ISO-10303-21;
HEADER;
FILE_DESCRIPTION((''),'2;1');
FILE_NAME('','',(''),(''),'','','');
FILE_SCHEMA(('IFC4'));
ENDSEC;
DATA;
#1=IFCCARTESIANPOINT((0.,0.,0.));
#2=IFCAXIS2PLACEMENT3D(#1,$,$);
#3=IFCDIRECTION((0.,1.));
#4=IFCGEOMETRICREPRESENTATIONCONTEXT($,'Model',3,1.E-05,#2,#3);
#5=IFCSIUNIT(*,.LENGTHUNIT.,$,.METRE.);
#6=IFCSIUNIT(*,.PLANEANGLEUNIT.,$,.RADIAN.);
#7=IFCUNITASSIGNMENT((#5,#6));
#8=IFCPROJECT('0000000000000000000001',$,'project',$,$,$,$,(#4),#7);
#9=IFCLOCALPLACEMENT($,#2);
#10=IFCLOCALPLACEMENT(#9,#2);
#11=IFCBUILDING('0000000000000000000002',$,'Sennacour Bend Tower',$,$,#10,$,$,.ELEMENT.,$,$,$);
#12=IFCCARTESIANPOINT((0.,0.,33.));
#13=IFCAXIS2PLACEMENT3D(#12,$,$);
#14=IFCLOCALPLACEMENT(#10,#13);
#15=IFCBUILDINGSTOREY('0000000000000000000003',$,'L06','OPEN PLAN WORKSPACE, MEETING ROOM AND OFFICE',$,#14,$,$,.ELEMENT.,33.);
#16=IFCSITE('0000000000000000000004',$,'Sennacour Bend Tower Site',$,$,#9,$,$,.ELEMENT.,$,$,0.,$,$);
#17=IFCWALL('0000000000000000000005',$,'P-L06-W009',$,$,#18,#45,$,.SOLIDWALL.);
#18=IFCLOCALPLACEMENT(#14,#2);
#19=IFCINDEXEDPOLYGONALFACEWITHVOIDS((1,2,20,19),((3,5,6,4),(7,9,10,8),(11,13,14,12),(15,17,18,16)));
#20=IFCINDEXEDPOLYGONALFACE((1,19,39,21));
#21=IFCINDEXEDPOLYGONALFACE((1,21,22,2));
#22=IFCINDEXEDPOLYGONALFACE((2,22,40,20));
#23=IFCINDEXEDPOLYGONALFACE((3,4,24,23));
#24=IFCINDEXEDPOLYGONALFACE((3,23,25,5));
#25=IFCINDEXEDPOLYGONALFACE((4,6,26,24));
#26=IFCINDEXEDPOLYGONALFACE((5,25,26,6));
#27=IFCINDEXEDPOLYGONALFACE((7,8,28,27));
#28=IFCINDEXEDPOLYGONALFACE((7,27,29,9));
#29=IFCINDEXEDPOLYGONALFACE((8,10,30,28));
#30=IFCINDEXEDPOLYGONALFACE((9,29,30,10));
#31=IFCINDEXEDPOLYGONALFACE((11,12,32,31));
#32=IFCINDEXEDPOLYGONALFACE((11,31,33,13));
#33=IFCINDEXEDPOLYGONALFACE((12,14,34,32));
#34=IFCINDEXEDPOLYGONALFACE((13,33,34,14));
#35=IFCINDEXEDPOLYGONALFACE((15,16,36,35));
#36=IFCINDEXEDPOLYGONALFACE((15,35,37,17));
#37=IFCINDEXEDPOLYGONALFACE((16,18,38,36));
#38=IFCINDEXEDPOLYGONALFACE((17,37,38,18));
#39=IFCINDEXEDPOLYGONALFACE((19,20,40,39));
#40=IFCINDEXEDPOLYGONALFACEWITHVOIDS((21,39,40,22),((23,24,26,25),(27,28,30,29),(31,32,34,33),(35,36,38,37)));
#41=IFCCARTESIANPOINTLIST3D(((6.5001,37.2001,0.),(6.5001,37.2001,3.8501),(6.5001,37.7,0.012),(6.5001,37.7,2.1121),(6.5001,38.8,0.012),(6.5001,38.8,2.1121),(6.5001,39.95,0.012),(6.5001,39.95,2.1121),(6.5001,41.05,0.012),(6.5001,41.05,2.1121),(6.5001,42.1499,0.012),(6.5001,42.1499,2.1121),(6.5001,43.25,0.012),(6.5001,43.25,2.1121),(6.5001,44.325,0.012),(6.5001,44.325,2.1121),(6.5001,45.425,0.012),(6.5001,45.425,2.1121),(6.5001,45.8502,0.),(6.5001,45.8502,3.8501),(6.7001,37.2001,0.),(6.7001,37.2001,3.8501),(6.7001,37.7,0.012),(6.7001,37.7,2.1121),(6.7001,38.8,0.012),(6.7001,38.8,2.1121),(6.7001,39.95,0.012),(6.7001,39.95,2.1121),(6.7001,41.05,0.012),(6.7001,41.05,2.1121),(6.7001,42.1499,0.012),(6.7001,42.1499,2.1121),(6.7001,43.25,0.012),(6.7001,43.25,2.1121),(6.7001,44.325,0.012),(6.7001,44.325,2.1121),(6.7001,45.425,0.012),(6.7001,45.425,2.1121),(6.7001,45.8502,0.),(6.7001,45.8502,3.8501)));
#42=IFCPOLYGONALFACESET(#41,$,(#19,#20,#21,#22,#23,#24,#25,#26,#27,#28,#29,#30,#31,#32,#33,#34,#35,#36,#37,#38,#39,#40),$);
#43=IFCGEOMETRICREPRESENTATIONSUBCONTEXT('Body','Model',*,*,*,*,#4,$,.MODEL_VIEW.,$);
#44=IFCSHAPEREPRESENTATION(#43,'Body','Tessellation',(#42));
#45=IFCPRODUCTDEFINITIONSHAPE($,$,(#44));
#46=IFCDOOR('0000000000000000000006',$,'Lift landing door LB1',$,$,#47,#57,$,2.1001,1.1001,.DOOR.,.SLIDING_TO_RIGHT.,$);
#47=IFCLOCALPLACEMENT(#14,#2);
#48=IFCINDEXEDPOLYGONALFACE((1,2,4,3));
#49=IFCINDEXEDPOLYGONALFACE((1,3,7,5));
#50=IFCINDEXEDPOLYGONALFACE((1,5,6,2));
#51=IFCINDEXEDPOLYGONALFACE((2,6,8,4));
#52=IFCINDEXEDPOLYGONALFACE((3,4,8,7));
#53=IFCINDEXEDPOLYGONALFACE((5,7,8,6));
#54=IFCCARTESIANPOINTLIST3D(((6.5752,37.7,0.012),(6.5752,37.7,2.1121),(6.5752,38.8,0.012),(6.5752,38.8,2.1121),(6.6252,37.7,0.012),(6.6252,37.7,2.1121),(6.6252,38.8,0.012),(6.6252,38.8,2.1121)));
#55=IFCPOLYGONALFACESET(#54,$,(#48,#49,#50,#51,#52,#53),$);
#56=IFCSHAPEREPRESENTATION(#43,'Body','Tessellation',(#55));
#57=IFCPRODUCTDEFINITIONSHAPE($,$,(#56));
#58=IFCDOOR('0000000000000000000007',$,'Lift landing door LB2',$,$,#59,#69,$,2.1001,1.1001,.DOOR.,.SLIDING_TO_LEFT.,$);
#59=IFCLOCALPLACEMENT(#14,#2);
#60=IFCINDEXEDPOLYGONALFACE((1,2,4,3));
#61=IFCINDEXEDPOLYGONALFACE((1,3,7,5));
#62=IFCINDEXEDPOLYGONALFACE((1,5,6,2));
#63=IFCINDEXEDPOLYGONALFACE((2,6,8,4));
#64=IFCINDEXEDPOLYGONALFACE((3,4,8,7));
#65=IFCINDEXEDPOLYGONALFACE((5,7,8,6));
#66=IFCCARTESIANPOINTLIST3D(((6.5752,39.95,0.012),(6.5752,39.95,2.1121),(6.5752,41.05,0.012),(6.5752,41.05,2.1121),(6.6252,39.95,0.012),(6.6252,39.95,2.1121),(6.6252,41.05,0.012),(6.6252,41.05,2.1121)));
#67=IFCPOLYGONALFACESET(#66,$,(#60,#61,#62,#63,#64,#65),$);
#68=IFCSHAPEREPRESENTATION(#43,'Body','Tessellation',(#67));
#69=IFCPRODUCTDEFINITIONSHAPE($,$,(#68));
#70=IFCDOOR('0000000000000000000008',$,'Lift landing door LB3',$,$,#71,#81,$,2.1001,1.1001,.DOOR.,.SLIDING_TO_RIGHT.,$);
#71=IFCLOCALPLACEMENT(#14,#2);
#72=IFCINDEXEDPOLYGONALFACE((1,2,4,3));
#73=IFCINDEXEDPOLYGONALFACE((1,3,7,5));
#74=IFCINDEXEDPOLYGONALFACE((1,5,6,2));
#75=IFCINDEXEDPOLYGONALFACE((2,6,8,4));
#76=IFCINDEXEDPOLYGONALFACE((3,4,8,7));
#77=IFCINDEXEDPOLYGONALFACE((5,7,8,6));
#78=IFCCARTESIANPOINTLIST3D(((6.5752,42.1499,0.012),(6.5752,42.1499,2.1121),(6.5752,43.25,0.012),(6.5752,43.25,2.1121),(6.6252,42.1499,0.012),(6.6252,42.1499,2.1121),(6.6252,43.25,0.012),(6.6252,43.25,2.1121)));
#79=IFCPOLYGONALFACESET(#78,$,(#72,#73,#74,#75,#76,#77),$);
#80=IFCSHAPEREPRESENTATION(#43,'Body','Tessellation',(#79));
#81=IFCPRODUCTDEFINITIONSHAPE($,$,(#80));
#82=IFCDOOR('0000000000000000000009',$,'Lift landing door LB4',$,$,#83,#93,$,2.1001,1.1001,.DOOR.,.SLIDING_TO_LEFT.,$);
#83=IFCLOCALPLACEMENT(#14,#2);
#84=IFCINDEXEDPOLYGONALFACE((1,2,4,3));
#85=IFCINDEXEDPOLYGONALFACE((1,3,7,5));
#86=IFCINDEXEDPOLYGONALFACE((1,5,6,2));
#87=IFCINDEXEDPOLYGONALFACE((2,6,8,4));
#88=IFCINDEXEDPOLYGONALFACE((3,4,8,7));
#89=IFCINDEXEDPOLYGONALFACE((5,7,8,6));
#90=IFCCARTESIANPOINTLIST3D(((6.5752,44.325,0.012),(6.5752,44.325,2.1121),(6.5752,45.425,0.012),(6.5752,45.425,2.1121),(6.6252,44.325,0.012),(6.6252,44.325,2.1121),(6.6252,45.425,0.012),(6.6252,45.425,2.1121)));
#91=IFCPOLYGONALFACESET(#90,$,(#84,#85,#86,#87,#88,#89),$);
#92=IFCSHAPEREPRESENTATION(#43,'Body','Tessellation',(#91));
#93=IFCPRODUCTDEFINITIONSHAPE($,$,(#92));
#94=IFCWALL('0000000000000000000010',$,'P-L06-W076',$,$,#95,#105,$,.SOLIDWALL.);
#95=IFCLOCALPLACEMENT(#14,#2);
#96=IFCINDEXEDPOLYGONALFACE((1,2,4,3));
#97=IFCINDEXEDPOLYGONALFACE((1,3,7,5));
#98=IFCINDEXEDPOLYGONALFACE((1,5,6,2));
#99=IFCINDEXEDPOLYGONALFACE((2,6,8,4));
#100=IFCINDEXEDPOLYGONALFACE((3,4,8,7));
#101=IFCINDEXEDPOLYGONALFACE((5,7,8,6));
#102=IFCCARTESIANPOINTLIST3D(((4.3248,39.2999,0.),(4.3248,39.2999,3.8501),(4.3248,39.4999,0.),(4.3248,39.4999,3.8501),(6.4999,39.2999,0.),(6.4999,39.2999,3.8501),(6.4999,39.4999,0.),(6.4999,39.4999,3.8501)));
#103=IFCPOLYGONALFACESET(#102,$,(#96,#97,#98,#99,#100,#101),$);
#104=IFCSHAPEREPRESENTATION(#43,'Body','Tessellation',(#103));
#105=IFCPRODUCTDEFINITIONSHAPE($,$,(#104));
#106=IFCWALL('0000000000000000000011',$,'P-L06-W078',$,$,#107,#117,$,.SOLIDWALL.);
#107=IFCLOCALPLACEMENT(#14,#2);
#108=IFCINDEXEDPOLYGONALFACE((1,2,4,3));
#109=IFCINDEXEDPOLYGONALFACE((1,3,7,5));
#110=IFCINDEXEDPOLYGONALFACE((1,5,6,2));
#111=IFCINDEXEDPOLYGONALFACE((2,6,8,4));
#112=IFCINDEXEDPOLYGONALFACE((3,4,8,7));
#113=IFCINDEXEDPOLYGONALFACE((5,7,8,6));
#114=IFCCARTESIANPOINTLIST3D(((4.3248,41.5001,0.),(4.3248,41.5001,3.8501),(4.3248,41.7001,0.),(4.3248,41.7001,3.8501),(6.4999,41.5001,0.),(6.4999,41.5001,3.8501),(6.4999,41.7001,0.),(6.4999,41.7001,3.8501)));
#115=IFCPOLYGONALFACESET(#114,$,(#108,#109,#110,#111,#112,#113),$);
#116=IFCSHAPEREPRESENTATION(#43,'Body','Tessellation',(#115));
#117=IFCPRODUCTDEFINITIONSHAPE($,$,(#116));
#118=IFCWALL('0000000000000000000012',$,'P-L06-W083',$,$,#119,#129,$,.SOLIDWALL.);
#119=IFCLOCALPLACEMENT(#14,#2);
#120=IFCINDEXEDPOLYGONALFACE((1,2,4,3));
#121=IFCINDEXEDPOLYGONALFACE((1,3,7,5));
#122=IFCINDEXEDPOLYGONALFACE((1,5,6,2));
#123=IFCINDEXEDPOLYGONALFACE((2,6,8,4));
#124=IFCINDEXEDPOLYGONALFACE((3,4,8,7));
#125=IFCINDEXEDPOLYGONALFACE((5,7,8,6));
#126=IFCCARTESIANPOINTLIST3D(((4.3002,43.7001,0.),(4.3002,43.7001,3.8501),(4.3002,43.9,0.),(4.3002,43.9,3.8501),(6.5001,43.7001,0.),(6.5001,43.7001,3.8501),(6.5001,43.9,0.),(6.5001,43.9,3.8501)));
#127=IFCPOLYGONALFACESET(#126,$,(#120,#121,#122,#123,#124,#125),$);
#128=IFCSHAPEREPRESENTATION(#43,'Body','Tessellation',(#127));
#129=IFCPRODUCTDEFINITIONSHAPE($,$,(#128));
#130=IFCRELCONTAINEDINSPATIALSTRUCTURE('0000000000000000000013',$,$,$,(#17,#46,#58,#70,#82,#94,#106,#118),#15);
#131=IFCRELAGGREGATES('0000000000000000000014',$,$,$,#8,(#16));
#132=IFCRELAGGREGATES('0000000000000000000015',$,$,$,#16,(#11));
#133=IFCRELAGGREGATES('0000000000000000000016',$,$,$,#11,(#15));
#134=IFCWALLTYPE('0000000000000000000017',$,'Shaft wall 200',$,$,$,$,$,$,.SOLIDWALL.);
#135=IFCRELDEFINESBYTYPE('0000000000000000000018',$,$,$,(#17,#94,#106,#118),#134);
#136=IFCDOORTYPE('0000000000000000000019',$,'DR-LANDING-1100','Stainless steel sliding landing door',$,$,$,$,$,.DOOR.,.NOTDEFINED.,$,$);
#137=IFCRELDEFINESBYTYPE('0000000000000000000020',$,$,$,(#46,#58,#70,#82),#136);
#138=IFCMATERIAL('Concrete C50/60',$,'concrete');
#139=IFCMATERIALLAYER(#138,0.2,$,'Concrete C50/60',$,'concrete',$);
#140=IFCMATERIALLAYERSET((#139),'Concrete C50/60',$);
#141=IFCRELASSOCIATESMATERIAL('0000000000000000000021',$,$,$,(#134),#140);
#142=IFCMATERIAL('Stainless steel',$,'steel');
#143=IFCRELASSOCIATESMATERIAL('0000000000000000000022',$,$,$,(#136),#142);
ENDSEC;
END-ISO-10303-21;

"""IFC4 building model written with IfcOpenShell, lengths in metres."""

from ifc_helpers import new_model, si_unit, direction, frame, frame_2d, origin, place, context, subcontext, project, spatial, rectangle, extrude, material, layer, layer_set, type_object, element, fill, save


model = new_model("IFC4")

# Units and contexts
model_context = context("Model", 3, precision=1e-05, world=origin(), true_north=direction((0.0, 1.0)))
body_context = subcontext(model_context, "Body", "Model", "MODEL_VIEW")
ifc_project = project(units=[si_unit("LENGTHUNIT", "METRE"), si_unit("PLANEANGLEUNIT", "RADIAN")], contexts=[model_context])

# Site, building, storey
site_placement = place(None, origin())
site = spatial("IfcSite", under=ifc_project, at=site_placement, Name="Sennacour Bend Tower Site", CompositionType="ELEMENT", RefElevation=0.0)
building_placement = place(site_placement, origin())
building = spatial("IfcBuilding", under=site, at=building_placement, Name="Sennacour Bend Tower", CompositionType="ELEMENT")
storey_placement = place(building_placement, frame((0.0, 0.0, 33.0)))
storey = spatial("IfcBuildingStorey", under=building, at=storey_placement, Name="L06", Description="OPEN PLAN WORKSPACE, MEETING ROOM AND OFFICE", CompositionType="ELEMENT", Elevation=33.0)

# Shared definitions
ifc_material_1 = material(Name="Concrete C50/60", Category="concrete")
ifc_layer_1 = layer(ifc_material_1, 0.2, Name="Concrete C50/60", Category="concrete")
ifc_layer_set_1 = layer_set([ifc_layer_1], Name="Concrete C50/60")
wall_type_1 = type_object("IfcWallType", Name="Shaft wall 200", PredefinedType="SOLIDWALL", material=ifc_layer_set_1)

# Wall, openings, doors
wall_1_placement = place(storey_placement, frame((6.6001, 37.2, 0.0), z_axis=(0.0, 0.0, 1.0), x_axis=(0.0, 1.0, 0.0)))
wall_1 = element("IfcWall", 1, at=wall_1_placement, inside=storey, type_object=wall_type_1, Name="P-L06-W009", PredefinedType="SOLIDWALL", context=body_context, shape_type="SweptSolid", body=[
    extrude(rectangle(XDim=8.6501, YDim=0.2, at=frame_2d((4.3252, 0.0))), origin(), (0.0, 0.0, 1.0), 3.8501),
])
opening_1_placement = place(wall_1_placement, frame((0.5, 0.0, 0.012)))
opening_1 = element("IfcOpeningElement", 2, at=opening_1_placement, cuts=wall_1, PredefinedType="OPENING", context=body_context, shape_type="SweptSolid", body=[
    extrude(rectangle(XDim=1.1001, YDim=2.1001, at=frame_2d((0.55, 1.05))), frame((0.0, 0.1099, 0.0), z_axis=(0.0, -1.0, 0.0), x_axis=(1.0, 0.0, 0.0)), (0.0, 0.0, 1.0), 0.22),
])
opening_2_placement = place(wall_1_placement, frame((2.75, 0.0, 0.012)))
opening_2 = element("IfcOpeningElement", 3, at=opening_2_placement, cuts=wall_1, PredefinedType="OPENING", context=body_context, shape_type="SweptSolid", body=[
    extrude(rectangle(XDim=1.1001, YDim=2.1001, at=frame_2d((0.55, 1.05))), frame((0.0, 0.1099, 0.0), z_axis=(0.0, -1.0, 0.0), x_axis=(1.0, 0.0, 0.0)), (0.0, 0.0, 1.0), 0.22),
])
opening_3_placement = place(wall_1_placement, frame((4.95, 0.0, 0.012)))
opening_3 = element("IfcOpeningElement", 4, at=opening_3_placement, cuts=wall_1, PredefinedType="OPENING", context=body_context, shape_type="SweptSolid", body=[
    extrude(rectangle(XDim=1.1001, YDim=2.1001, at=frame_2d((0.55, 1.05))), frame((0.0, 0.1099, 0.0), z_axis=(0.0, -1.0, 0.0), x_axis=(1.0, 0.0, 0.0)), (0.0, 0.0, 1.0), 0.22),
])
opening_4_placement = place(wall_1_placement, frame((7.125, 0.0, 0.012)))
opening_4 = element("IfcOpeningElement", 5, at=opening_4_placement, cuts=wall_1, PredefinedType="OPENING", context=body_context, shape_type="SweptSolid", body=[
    extrude(rectangle(XDim=1.1001, YDim=2.1001, at=frame_2d((0.55, 1.05))), frame((0.0, 0.1099, 0.0), z_axis=(0.0, -1.0, 0.0), x_axis=(1.0, 0.0, 0.0)), (0.0, 0.0, 1.0), 0.22),
])
ifc_material_2 = material(Name="Stainless steel", Category="steel")
door_type_1 = type_object("IfcDoorType", Name="DR-LANDING-1100", Description="Stainless steel sliding landing door", OperationType="NOTDEFINED", PredefinedType="DOOR", material=ifc_material_2)
door_1_placement = place(opening_1_placement, origin())
door_1 = element("IfcDoor", 6, at=door_1_placement, inside=storey, type_object=door_type_1, Name="Lift landing door LB1", OperationType="SLIDING_TO_RIGHT", OverallHeight=2.1001, OverallWidth=1.1001, PredefinedType="DOOR", context=body_context, shape_type="SweptSolid", body=[
    extrude(rectangle(XDim=1.1001, YDim=2.1001, at=frame_2d((0.55, 1.05))), frame((0.0, 0.0249, 0.0), z_axis=(0.0, -1.0, 0.0), x_axis=(1.0, 0.0, 0.0)), (0.0, 0.0, 1.0), 0.05),
])
fill(opening_1, door_1)
door_2_placement = place(opening_2_placement, origin())
door_2 = element("IfcDoor", 7, at=door_2_placement, inside=storey, type_object=door_type_1, Name="Lift landing door LB2", OperationType="SLIDING_TO_LEFT", OverallHeight=2.1001, OverallWidth=1.1001, PredefinedType="DOOR", context=body_context, shape_type="SweptSolid", body=[
    extrude(rectangle(XDim=1.1001, YDim=2.1001, at=frame_2d((0.55, 1.05))), frame((0.0, 0.0249, 0.0), z_axis=(0.0, -1.0, 0.0), x_axis=(1.0, 0.0, 0.0)), (0.0, 0.0, 1.0), 0.05),
])
fill(opening_2, door_2)
door_3_placement = place(opening_3_placement, origin())
door_3 = element("IfcDoor", 8, at=door_3_placement, inside=storey, type_object=door_type_1, Name="Lift landing door LB3", OperationType="SLIDING_TO_RIGHT", OverallHeight=2.1001, OverallWidth=1.1001, PredefinedType="DOOR", context=body_context, shape_type="SweptSolid", body=[
    extrude(rectangle(XDim=1.1001, YDim=2.1001, at=frame_2d((0.55, 1.05))), frame((0.0, 0.0249, 0.0), z_axis=(0.0, -1.0, 0.0), x_axis=(1.0, 0.0, 0.0)), (0.0, 0.0, 1.0), 0.05),
])
fill(opening_3, door_3)
door_4_placement = place(opening_4_placement, origin())
door_4 = element("IfcDoor", 9, at=door_4_placement, inside=storey, type_object=door_type_1, Name="Lift landing door LB4", OperationType="SLIDING_TO_LEFT", OverallHeight=2.1001, OverallWidth=1.1001, PredefinedType="DOOR", context=body_context, shape_type="SweptSolid", body=[
    extrude(rectangle(XDim=1.1001, YDim=2.1001, at=frame_2d((0.55, 1.05))), frame((0.0, 0.0249, 0.0), z_axis=(0.0, -1.0, 0.0), x_axis=(1.0, 0.0, 0.0)), (0.0, 0.0, 1.0), 0.05),
])
fill(opening_4, door_4)

# Walls
for number, where, z_axis, x_axis, name in (
    (10, (4.325, 39.3999, 0.0), (0.0, 0.0, 1.0), (1.0, 0.0, 0.0), "P-L06-W076"),
    (11, (4.325, 41.6001, 0.0), (0.0, 0.0, 1.0), (1.0, 0.0, 0.0), "P-L06-W078"),
):
    element("IfcWall", number, at=place(storey_placement, frame(where, z_axis=z_axis, x_axis=x_axis)), inside=storey, type_object=wall_type_1, Name=name, PredefinedType="SOLIDWALL", context=body_context, shape_type="SweptSolid", body=[
        extrude(rectangle(XDim=2.175, YDim=0.2, at=frame_2d((1.0874, 0.0))), origin(), (0.0, 0.0, 1.0), 3.8501),
    ])
wall_2_placement = place(storey_placement, frame((4.3, 43.8, 0.0), z_axis=(0.0, 0.0, 1.0), x_axis=(1.0, 0.0, 0.0)))
element("IfcWall", 12, at=wall_2_placement, inside=storey, type_object=wall_type_1, Name="P-L06-W083", PredefinedType="SOLIDWALL", context=body_context, shape_type="SweptSolid", body=[
    extrude(rectangle(XDim=2.2, YDim=0.2, at=frame_2d((1.1001, 0.0))), origin(), (0.0, 0.0, 1.0), 3.8501),
])

save(model, "model.ifc")
